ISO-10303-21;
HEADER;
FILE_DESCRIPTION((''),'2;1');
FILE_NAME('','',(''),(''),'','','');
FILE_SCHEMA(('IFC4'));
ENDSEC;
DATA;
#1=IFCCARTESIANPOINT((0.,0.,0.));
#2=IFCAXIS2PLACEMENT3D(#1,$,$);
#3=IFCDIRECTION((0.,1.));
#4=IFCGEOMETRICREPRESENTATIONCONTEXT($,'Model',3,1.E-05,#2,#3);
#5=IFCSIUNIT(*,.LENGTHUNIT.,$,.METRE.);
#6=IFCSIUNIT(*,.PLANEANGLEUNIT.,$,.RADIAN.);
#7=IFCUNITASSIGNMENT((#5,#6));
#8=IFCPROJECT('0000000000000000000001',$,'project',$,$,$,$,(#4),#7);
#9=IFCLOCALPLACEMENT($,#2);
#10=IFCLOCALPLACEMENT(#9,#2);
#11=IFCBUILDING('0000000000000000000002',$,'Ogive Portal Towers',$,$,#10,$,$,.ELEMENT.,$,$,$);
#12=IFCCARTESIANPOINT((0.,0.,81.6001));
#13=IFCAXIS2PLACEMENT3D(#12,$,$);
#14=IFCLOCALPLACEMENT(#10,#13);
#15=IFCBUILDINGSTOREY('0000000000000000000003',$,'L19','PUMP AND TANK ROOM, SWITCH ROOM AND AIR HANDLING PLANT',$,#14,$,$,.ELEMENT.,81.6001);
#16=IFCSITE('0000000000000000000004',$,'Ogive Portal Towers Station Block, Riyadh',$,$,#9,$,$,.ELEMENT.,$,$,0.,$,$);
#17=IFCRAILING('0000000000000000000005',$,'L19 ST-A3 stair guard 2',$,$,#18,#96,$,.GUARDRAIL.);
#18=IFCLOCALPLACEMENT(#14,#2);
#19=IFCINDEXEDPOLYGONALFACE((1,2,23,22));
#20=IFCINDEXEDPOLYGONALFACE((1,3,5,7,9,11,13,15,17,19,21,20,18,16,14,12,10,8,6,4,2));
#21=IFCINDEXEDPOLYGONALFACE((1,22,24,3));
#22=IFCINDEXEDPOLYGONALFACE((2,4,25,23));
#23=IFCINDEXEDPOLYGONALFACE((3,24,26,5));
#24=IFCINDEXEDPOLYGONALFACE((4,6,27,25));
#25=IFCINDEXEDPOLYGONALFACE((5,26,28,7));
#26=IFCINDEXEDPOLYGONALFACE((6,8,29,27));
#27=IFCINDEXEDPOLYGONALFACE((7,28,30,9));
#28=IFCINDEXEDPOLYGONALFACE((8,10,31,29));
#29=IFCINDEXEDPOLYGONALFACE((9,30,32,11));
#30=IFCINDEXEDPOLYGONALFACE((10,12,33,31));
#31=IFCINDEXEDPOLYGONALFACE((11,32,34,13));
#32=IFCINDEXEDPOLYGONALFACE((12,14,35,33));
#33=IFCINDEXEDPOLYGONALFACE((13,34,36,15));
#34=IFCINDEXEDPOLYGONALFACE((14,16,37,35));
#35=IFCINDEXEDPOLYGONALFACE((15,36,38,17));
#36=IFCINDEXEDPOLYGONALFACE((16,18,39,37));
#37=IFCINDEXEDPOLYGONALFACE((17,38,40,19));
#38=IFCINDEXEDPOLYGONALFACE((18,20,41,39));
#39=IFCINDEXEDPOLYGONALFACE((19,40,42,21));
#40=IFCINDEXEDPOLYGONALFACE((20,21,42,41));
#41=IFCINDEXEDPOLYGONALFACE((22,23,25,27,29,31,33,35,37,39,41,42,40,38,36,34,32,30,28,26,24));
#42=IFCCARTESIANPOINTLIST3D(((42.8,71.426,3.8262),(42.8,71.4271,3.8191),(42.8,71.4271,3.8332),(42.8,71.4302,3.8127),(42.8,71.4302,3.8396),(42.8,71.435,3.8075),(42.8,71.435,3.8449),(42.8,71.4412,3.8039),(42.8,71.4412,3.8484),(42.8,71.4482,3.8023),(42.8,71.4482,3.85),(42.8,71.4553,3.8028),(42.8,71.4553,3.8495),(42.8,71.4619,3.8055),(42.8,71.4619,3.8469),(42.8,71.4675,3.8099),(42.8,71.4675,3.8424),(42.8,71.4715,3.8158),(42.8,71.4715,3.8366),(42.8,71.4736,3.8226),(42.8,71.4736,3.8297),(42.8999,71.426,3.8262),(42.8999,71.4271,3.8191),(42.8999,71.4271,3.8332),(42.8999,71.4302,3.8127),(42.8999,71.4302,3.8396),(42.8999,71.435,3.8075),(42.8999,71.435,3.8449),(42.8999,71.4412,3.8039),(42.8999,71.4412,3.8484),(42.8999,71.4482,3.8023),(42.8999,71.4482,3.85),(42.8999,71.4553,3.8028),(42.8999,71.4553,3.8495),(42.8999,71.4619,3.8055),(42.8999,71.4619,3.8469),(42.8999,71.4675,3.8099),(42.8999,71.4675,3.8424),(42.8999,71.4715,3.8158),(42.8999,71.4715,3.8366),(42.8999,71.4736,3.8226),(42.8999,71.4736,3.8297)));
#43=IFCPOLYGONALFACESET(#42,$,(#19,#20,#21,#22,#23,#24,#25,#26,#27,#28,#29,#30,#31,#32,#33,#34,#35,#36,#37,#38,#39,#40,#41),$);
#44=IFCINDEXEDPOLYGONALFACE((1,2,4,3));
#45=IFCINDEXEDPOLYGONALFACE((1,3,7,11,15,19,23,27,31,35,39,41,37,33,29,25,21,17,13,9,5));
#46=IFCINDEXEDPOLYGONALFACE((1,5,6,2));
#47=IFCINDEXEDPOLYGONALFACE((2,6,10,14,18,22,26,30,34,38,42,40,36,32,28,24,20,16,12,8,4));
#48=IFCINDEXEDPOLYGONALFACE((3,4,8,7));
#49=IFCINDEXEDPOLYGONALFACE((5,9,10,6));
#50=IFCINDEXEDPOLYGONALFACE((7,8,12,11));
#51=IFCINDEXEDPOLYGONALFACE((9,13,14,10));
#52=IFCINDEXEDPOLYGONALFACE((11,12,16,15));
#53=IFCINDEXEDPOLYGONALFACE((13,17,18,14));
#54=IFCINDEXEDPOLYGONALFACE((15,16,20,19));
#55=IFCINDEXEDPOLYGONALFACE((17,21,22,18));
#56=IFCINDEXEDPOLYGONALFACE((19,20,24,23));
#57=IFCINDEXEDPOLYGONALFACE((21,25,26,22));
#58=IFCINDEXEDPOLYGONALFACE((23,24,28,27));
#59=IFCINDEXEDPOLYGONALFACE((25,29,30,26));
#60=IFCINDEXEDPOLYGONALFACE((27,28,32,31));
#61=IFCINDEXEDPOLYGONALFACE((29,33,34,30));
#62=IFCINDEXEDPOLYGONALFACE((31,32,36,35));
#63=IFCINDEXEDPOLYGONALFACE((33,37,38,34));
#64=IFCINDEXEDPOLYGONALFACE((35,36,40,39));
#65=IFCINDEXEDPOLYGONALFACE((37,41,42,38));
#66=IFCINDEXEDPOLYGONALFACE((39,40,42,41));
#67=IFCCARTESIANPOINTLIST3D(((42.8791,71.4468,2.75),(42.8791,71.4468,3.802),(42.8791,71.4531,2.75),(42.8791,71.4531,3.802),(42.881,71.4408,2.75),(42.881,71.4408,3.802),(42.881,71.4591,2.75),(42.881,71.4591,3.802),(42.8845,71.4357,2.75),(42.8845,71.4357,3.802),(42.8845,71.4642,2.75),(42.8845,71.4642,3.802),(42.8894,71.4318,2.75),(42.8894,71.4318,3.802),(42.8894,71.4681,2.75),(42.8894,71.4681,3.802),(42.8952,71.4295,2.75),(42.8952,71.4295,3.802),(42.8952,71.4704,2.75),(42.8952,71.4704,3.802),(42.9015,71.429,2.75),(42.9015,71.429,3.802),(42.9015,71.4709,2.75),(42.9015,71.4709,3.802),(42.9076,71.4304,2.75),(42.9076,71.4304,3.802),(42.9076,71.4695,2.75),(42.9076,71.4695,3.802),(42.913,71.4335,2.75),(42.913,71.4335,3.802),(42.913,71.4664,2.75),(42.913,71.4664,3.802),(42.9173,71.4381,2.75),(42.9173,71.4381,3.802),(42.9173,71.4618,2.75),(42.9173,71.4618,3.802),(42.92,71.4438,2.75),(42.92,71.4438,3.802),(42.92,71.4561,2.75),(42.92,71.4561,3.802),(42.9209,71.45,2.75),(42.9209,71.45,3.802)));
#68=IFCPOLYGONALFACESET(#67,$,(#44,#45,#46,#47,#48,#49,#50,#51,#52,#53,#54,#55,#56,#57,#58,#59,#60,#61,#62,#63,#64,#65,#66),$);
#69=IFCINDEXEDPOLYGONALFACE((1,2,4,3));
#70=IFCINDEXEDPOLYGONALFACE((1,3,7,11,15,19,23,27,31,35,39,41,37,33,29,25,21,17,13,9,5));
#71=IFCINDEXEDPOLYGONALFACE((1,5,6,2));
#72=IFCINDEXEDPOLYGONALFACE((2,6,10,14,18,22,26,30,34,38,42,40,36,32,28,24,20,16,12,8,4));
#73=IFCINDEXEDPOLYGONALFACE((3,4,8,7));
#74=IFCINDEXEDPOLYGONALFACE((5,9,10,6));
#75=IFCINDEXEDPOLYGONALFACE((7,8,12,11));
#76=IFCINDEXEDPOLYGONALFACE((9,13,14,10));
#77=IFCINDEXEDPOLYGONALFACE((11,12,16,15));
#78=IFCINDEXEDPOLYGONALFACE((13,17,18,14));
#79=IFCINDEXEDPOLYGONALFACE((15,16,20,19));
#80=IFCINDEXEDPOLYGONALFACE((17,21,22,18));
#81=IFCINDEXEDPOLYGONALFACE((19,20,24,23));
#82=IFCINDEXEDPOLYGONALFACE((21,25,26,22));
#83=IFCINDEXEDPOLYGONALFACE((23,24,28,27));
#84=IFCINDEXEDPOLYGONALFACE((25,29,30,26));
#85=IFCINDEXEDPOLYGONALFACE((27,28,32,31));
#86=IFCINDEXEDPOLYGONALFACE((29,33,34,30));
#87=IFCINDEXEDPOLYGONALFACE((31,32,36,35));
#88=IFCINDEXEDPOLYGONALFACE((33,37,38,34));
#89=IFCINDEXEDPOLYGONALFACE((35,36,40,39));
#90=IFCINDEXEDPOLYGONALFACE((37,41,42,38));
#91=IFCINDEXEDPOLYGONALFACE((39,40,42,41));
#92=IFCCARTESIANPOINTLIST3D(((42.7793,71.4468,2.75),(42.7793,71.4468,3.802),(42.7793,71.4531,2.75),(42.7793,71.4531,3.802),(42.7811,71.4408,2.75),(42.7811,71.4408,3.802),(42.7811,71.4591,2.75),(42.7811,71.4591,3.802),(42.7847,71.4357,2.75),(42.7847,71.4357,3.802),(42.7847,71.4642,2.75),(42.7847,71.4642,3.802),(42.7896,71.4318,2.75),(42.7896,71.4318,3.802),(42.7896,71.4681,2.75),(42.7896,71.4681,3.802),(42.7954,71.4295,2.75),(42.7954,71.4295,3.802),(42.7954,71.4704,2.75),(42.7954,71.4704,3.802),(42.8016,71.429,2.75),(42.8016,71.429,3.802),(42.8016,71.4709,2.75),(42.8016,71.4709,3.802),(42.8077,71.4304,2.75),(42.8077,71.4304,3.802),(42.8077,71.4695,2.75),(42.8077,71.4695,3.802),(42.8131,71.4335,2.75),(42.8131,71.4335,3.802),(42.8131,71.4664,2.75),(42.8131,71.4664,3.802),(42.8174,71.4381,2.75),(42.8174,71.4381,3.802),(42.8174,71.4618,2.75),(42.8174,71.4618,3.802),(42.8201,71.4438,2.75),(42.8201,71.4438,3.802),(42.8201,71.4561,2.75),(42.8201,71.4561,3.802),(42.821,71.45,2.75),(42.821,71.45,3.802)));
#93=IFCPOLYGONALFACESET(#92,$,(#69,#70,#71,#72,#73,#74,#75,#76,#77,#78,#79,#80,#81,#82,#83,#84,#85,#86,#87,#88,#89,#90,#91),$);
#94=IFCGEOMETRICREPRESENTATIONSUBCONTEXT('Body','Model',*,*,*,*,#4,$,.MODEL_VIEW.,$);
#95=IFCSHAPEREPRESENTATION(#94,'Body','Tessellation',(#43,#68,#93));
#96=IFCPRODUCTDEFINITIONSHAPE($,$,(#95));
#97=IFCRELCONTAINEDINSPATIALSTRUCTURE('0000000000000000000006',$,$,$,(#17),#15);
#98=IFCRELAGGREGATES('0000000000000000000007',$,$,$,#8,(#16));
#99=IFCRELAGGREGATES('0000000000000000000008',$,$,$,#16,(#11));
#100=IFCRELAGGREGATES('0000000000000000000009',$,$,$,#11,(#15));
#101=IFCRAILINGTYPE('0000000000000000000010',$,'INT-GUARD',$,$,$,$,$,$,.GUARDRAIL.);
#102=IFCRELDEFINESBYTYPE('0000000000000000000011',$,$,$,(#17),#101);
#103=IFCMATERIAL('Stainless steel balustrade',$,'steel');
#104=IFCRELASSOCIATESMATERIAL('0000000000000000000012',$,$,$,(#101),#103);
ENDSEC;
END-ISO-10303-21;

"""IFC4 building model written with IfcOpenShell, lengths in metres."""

from ifc_helpers import new_model, si_unit, direction, frame, origin, origin_2d, place, context, subcontext, project, spatial, circle, extrude, material, type_object, element, save


model = new_model("IFC4")

# Units and contexts
model_context = context("Model", 3, precision=1e-05, world=origin(), true_north=direction((0.0, 1.0)))
body_context = subcontext(model_context, "Body", "Model", "MODEL_VIEW")
ifc_project = project(units=[si_unit("LENGTHUNIT", "METRE"), si_unit("PLANEANGLEUNIT", "RADIAN")], contexts=[model_context])

# Site, building, storey
site_placement = place(None, origin())
site = spatial("IfcSite", under=ifc_project, at=site_placement, Name="Ogive Portal Towers Station Block, Riyadh", CompositionType="ELEMENT", RefElevation=0.0)
building_placement = place(site_placement, origin())
building = spatial("IfcBuilding", under=site, at=building_placement, Name="Ogive Portal Towers", CompositionType="ELEMENT")
storey_placement = place(building_placement, frame((0.0, 0.0, 81.6001)))
storey = spatial("IfcBuildingStorey", under=building, at=storey_placement, Name="L19", Description="PUMP AND TANK ROOM, SWITCH ROOM AND AIR HANDLING PLANT", CompositionType="ELEMENT", Elevation=81.6001)

# Railing
ifc_material_1 = material(Name="Stainless steel balustrade", Category="steel")
railing_type_1 = type_object("IfcRailingType", Name="INT-GUARD", PredefinedType="GUARDRAIL", material=ifc_material_1)
railing_1_placement = place(storey_placement, frame((42.8999, 71.45, 2.75)))
element("IfcRailing", 1, at=railing_1_placement, inside=storey, type_object=railing_type_1, Name="L19 ST-A3 stair guard 2", PredefinedType="GUARDRAIL", context=body_context, shape_type="SweptSolid", body=[
    extrude(circle(Radius=0.0239, at=origin_2d()), frame((0.0, 0.0, 1.0762), z_axis=(-1.0, 0.0, 0.0), x_axis=(0.0, -1.0, 0.0)), (0.0, 0.0, 1.0), 0.0999),
    extrude(circle(Radius=0.021, at=origin_2d()), origin(), (0.0, 0.0, 1.0), 1.052),
    extrude(circle(Radius=0.021, at=origin_2d()), frame((-0.0999, 0.0, 0.0)), (0.0, 0.0, 1.0), 1.052),
])

save(model, "model.ifc")
